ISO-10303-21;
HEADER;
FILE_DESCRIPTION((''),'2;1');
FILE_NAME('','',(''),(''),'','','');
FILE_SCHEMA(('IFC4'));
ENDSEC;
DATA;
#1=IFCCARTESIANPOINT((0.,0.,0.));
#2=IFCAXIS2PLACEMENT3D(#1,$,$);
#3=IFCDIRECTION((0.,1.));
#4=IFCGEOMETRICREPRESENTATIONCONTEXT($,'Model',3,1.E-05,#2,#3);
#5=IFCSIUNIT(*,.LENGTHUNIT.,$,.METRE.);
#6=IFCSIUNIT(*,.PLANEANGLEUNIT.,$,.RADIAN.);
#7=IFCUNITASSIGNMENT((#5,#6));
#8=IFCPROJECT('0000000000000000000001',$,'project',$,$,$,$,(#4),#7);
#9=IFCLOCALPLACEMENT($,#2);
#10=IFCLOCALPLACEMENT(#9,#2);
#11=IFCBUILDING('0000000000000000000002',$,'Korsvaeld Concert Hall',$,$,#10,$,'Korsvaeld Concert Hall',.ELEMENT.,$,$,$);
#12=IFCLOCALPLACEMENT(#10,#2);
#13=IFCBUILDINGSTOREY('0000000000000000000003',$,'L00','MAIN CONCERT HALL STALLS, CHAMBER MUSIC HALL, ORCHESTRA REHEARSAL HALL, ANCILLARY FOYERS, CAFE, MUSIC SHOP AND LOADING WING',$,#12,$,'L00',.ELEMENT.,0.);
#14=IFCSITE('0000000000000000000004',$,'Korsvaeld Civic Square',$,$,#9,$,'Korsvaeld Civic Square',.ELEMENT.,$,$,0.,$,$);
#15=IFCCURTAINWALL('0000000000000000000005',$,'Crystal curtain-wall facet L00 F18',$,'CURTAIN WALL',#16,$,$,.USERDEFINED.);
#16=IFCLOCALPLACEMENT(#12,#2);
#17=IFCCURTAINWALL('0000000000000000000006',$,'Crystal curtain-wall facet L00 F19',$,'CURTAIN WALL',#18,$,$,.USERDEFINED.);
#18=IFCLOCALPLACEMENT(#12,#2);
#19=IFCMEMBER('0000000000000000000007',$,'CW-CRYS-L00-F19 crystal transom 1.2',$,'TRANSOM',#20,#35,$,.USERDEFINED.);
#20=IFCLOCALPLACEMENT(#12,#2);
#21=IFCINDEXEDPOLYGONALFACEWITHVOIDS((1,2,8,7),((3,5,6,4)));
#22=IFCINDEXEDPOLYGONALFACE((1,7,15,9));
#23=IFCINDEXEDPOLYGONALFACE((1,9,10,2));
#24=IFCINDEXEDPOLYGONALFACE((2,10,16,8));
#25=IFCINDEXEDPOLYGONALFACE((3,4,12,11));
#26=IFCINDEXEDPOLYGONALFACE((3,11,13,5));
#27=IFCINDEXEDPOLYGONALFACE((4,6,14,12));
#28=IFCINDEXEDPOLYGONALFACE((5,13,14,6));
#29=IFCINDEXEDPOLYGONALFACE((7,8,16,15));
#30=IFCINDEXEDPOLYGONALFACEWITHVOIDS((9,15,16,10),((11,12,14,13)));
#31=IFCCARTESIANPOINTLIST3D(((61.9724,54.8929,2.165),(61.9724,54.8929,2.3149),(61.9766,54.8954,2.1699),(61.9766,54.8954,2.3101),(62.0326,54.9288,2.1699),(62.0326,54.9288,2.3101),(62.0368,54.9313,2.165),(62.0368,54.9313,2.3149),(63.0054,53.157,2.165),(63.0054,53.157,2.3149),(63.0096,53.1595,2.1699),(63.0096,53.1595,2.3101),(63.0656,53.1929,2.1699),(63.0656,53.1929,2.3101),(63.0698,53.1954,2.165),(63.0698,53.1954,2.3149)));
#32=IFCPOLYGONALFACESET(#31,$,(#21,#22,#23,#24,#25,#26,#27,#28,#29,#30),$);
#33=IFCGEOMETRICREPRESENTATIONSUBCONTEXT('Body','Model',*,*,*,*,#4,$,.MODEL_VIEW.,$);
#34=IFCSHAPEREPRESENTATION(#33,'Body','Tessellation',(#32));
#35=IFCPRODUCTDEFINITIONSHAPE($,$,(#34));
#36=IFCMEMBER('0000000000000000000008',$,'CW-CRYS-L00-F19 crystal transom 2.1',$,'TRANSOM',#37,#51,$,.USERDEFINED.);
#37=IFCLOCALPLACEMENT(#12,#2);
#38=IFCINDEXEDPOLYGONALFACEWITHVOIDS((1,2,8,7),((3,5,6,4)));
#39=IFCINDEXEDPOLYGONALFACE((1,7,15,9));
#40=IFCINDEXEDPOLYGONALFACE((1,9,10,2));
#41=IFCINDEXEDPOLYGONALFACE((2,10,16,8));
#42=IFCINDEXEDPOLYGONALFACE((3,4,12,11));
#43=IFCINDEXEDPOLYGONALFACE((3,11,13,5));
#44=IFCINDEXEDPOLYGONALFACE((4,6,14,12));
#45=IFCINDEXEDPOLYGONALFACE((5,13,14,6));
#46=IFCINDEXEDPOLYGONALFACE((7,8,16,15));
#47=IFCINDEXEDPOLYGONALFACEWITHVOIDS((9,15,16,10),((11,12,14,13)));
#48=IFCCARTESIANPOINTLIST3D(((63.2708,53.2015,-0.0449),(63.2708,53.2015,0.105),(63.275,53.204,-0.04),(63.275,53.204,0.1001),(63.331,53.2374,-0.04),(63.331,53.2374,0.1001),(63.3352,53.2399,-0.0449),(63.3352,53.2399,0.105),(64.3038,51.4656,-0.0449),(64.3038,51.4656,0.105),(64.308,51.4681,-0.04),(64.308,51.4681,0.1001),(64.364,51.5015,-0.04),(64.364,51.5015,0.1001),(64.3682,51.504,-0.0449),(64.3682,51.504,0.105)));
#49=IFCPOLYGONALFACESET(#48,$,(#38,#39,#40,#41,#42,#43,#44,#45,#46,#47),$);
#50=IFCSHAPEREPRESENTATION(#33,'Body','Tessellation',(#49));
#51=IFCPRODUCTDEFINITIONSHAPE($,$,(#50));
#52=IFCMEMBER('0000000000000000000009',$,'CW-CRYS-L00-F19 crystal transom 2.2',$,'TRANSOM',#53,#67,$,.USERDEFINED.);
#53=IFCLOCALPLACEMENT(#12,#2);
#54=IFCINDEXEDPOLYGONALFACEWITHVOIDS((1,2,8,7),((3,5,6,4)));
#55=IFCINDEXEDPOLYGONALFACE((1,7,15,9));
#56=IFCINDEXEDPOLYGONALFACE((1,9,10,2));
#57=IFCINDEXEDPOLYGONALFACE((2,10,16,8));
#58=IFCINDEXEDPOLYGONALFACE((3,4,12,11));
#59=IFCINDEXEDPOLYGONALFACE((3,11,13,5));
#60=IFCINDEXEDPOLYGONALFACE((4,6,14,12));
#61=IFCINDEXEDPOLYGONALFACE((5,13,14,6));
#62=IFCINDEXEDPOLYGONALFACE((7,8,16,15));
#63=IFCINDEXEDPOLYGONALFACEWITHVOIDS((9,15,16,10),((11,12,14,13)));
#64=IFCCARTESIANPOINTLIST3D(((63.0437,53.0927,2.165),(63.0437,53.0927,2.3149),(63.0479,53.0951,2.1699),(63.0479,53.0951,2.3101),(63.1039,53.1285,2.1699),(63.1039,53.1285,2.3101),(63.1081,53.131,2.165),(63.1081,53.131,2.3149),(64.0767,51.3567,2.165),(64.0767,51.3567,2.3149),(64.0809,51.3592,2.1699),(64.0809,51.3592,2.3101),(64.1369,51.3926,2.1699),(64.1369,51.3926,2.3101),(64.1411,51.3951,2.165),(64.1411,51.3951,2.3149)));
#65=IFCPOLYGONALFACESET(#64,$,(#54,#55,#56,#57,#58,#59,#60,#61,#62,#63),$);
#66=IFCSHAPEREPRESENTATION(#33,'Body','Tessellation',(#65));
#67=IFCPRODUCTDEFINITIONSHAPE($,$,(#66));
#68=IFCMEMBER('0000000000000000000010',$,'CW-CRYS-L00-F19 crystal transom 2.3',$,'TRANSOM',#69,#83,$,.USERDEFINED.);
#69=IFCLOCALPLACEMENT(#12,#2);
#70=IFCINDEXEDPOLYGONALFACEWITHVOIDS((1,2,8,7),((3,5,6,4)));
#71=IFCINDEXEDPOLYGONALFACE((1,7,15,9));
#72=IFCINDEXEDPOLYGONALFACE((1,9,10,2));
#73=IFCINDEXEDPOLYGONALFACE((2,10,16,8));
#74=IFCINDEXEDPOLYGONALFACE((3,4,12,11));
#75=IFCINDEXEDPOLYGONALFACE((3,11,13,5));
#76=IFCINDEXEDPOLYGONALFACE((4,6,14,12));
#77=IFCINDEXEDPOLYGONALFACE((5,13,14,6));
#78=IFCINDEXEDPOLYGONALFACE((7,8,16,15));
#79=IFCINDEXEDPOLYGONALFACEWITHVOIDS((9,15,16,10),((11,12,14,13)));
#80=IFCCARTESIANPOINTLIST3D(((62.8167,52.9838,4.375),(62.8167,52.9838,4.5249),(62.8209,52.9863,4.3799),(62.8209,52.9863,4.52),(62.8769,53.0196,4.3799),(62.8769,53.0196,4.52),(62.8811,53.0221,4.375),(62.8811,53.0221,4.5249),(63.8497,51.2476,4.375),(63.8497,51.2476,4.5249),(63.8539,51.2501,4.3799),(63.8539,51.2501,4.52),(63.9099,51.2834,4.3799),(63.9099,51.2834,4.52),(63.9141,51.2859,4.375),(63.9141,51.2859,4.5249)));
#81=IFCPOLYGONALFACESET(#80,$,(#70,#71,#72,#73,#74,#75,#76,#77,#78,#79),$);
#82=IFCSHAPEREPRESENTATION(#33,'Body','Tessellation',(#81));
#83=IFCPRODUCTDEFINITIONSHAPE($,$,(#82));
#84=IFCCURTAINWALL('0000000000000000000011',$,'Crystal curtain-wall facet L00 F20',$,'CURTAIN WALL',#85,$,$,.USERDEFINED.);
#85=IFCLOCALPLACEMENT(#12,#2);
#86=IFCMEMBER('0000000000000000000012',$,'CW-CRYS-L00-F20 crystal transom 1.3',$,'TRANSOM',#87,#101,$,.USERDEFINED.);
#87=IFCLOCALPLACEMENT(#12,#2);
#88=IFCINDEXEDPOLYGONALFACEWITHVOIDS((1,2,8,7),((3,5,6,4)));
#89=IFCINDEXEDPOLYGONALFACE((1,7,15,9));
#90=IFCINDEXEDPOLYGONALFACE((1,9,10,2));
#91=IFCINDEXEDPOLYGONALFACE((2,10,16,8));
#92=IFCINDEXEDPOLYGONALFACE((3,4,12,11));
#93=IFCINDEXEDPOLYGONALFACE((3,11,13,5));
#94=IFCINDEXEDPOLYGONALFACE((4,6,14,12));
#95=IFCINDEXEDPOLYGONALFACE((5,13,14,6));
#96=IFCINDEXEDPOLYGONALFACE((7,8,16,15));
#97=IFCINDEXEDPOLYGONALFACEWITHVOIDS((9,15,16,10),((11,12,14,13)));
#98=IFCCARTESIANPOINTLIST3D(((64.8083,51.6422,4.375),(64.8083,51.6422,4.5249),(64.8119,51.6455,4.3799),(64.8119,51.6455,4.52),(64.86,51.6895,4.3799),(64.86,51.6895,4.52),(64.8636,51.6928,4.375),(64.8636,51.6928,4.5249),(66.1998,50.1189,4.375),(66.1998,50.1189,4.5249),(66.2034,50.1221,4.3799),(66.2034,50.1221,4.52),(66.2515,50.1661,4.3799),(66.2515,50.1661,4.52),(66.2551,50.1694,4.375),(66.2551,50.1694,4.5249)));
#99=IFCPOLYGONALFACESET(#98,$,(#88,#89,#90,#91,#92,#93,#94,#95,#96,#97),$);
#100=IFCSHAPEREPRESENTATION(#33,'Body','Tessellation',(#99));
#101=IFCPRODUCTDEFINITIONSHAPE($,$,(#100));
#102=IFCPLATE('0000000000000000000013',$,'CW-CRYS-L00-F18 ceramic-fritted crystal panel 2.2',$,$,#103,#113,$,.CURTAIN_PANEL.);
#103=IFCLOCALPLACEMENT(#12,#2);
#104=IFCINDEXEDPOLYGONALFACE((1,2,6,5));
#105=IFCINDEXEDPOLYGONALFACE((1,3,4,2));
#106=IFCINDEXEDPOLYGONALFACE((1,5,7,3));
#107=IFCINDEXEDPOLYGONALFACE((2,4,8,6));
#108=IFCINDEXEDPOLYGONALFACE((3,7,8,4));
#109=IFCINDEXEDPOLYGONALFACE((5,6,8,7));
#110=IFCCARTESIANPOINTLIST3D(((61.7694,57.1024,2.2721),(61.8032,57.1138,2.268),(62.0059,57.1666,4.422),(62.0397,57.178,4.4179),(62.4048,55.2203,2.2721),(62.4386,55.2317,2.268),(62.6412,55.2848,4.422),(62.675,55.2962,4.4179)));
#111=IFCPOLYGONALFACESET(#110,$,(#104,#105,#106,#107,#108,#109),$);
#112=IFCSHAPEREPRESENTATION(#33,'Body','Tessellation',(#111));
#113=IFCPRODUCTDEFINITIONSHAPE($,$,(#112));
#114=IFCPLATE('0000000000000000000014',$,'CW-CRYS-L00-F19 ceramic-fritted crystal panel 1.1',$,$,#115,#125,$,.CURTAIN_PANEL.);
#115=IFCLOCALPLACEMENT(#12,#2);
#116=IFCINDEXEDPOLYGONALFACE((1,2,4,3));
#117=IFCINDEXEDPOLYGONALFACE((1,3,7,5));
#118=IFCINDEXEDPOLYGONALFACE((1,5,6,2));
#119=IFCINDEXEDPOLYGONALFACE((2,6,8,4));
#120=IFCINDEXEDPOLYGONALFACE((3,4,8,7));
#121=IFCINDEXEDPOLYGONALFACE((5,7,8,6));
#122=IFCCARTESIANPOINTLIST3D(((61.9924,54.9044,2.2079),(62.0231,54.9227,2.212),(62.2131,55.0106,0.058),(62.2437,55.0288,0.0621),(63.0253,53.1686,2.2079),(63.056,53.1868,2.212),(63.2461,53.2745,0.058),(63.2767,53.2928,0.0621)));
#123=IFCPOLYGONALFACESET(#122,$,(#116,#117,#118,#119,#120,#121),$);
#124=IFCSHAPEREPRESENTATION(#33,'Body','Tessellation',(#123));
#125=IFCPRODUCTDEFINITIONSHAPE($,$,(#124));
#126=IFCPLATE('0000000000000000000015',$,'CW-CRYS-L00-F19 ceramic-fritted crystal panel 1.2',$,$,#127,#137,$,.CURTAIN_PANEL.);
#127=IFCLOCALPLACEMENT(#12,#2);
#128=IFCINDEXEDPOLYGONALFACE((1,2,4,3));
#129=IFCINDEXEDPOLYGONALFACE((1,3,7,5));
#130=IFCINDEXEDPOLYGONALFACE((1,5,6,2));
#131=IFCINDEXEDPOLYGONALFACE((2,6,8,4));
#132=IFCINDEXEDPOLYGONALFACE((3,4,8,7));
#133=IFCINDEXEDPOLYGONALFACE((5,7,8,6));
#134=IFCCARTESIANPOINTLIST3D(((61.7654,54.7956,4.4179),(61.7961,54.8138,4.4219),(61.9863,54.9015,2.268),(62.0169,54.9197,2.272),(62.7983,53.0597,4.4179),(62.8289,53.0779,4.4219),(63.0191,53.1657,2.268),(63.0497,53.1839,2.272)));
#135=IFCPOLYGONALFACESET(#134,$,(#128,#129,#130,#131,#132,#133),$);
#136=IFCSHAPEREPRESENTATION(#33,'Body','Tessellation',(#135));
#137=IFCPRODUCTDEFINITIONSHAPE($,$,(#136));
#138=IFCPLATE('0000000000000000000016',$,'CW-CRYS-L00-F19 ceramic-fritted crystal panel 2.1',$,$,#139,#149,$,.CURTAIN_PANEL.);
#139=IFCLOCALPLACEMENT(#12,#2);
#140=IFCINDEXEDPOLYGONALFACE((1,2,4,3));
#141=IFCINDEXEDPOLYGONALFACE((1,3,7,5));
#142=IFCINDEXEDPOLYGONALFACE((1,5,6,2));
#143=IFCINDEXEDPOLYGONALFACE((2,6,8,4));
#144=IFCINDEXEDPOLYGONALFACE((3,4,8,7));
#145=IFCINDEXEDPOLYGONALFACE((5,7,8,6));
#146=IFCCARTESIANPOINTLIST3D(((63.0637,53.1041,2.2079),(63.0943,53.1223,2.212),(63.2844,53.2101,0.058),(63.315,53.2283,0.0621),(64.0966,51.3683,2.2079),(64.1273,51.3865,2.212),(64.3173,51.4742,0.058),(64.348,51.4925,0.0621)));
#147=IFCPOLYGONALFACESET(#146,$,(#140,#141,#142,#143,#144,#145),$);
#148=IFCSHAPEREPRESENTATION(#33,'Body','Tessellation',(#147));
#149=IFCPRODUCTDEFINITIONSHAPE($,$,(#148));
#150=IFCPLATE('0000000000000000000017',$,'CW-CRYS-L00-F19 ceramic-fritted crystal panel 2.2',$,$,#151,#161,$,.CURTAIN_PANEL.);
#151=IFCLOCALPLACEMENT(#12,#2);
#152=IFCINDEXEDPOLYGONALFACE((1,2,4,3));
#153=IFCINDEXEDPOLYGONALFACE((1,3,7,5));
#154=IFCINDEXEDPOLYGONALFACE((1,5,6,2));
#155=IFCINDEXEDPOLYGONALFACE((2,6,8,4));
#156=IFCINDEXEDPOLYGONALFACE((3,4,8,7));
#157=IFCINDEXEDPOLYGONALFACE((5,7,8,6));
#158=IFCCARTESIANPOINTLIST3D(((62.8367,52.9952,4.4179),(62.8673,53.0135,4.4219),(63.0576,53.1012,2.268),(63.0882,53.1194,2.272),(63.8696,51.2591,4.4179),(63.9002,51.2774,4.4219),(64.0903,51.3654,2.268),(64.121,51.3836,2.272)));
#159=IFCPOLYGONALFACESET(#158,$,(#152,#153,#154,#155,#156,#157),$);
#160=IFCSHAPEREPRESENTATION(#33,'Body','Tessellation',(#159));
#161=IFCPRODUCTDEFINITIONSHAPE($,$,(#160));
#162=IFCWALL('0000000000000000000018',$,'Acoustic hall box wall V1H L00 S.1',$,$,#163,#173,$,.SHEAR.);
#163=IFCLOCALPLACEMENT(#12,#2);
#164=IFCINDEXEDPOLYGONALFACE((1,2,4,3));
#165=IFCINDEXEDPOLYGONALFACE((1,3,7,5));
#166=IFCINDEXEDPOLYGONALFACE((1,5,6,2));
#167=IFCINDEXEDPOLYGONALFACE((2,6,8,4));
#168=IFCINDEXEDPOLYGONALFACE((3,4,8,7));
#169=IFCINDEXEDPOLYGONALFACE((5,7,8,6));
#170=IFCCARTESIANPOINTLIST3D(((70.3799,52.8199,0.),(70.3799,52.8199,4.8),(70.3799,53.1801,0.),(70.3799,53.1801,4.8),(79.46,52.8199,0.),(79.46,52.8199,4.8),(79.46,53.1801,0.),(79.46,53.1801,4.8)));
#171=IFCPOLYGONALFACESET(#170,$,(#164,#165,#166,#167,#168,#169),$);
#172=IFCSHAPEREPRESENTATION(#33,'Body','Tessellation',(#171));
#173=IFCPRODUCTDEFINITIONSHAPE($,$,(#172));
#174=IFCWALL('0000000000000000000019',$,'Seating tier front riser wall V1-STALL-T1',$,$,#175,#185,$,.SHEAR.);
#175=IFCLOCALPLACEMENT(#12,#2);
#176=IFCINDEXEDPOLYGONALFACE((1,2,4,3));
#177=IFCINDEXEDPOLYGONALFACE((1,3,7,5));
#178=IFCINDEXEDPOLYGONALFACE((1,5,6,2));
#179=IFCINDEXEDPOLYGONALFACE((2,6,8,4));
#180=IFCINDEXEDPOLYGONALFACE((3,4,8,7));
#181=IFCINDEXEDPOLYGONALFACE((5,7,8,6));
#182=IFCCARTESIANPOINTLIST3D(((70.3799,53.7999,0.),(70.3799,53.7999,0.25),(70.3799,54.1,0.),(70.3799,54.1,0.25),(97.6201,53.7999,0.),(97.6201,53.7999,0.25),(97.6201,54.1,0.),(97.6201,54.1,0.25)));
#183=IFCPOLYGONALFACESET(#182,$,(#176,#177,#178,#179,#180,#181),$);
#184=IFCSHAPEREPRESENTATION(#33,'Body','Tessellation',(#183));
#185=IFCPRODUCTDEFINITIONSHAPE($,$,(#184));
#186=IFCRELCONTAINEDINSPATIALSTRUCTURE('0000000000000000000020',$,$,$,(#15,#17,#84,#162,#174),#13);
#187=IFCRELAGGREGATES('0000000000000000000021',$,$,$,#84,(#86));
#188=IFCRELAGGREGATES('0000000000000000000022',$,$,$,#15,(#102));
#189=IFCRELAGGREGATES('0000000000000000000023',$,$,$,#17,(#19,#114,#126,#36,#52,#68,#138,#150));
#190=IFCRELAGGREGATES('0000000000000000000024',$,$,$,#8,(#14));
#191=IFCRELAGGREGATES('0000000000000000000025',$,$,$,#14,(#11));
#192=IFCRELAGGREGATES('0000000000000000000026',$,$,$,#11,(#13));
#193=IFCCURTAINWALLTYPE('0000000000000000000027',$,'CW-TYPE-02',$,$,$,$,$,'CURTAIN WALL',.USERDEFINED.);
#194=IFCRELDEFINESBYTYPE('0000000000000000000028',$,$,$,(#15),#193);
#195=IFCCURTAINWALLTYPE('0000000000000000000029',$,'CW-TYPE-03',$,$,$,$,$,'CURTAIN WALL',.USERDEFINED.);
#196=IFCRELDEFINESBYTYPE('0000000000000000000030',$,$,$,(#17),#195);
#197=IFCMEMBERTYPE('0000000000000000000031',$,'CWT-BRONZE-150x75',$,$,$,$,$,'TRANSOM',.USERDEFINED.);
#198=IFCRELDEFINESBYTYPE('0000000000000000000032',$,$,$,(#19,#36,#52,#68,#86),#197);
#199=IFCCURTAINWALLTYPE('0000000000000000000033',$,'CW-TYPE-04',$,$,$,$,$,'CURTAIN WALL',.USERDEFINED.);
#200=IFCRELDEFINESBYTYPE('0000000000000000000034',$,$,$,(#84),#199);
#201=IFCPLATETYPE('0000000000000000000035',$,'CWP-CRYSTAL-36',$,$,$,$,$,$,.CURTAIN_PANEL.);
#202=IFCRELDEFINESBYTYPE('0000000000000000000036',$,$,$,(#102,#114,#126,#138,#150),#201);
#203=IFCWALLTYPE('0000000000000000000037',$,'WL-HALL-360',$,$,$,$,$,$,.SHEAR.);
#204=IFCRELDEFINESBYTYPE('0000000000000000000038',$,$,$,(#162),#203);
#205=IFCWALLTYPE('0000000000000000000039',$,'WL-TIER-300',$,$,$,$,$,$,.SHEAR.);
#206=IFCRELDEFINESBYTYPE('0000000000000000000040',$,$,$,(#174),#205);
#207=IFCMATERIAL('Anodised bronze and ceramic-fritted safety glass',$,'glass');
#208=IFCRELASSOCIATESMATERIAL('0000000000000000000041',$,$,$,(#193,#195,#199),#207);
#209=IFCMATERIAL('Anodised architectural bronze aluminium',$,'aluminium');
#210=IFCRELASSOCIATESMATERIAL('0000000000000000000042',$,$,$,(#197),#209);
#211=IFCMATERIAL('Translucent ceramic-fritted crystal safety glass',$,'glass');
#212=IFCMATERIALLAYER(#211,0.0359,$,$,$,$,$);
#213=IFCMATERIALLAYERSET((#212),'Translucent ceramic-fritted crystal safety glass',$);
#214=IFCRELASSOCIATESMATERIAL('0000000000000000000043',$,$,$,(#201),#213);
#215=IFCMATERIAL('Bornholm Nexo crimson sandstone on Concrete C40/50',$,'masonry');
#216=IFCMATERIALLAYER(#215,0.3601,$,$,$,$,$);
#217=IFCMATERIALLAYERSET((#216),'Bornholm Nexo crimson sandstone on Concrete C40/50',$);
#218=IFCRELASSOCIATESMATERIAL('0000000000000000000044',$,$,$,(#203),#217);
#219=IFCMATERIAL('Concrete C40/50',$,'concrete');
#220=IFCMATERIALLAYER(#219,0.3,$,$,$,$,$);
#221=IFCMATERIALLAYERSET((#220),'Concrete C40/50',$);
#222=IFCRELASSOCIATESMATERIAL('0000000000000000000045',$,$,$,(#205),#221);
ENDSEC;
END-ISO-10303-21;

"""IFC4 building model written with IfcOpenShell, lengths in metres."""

from ifc_helpers import new_model, si_unit, direction, frame, frame_2d, origin, origin_2d, place, context, subcontext, project, spatial, polyline, rectangle, hollow_rectangle, outline, extrude, material, layer, layer_set, material_profile, profile_set, type_object, element, aggregate, save


model = new_model("IFC4")

# Units and contexts
model_context = context("Model", 3, precision=1e-05, world=origin(), true_north=direction((0.0, 1.0)))
body_context = subcontext(model_context, "Body", "Model", "MODEL_VIEW")
ifc_project = project(units=[si_unit("LENGTHUNIT", "METRE"), si_unit("PLANEANGLEUNIT", "RADIAN")], contexts=[model_context])

# Site, building, storey
site_placement = place(None, origin())
site = spatial("IfcSite", under=ifc_project, at=site_placement, Name="Korsvaeld Civic Square", LongName="Korsvaeld Civic Square", CompositionType="ELEMENT", RefElevation=0.0)
building_placement = place(site_placement, origin())
building = spatial("IfcBuilding", under=site, at=building_placement, Name="Korsvaeld Concert Hall", LongName="Korsvaeld Concert Hall", CompositionType="ELEMENT")
storey_placement = place(building_placement, origin())
storey = spatial("IfcBuildingStorey", under=building, at=storey_placement, Name="L00", Description="MAIN CONCERT HALL STALLS, CHAMBER MUSIC HALL, ORCHESTRA REHEARSAL HALL, ANCILLARY FOYERS, CAFE, MUSIC SHOP AND LOADING WING", LongName="L00", CompositionType="ELEMENT", Elevation=0.0)

# Shared definitions
ifc_material_1 = material(Name="Concrete C40/50", Category="concrete")

# Curtain wall
ifc_material_2 = material(Name="Anodised bronze and ceramic-fritted safety glass", Category="glass")
curtain_wall_type_1 = type_object("IfcCurtainWallType", Name="CW-TYPE-02", ElementType="CURTAIN WALL", PredefinedType="USERDEFINED", material=ifc_material_2)
curtain_wall_1_placement = place(storey_placement, origin())
curtain_wall_1 = element("IfcCurtainWall", 1, at=curtain_wall_1_placement, inside=storey, type_object=curtain_wall_type_1, Name="Crystal curtain-wall facet L00 F18", ObjectType="CURTAIN WALL", PredefinedType="USERDEFINED")
ifc_material_3 = material(Name="Anodised architectural bronze aluminium", Category="aluminium")

# Curtain wall
curtain_wall_type_2 = type_object("IfcCurtainWallType", Name="CW-TYPE-03", ElementType="CURTAIN WALL", PredefinedType="USERDEFINED", material=ifc_material_2)
curtain_wall_2_placement = place(storey_placement, origin())
curtain_wall_2 = element("IfcCurtainWall", 2, at=curtain_wall_2_placement, inside=storey, type_object=curtain_wall_type_2, Name="Crystal curtain-wall facet L00 F19", ObjectType="CURTAIN WALL", PredefinedType="USERDEFINED")

# Members
ifc_material_profile_1 = material_profile(ifc_material_3, hollow_rectangle(XDim=0.075, YDim=0.1499, WallThickness=0.0049, at=origin_2d()), Name="CWT 150x75x5")
ifc_profile_set_1 = profile_set([ifc_material_profile_1], Name="Anodised architectural bronze aluminium")
member_type_1 = type_object("IfcMemberType", Name="CWT-BRONZE-150x75", ElementType="TRANSOM", PredefinedType="USERDEFINED", material=ifc_profile_set_1)
member_1_placement = place(storey_placement, frame((62.0046, 54.9121, 2.24), z_axis=(0.511382, -0.859354, 0.0), x_axis=(0.859354, 0.511382, 0.0)))
member_1 = element("IfcMember", 3, at=member_1_placement, type_object=member_type_1, Name="CW-CRYS-L00-F19 crystal transom 1.2", ObjectType="TRANSOM", PredefinedType="USERDEFINED", context=body_context, shape_type="SweptSolid", body=[
    extrude(hollow_rectangle(XDim=0.075, YDim=0.1499, WallThickness=0.0049, at=origin_2d()), origin(), (0.0, 0.0, 1.0), 2.02),
])
member_2_placement = place(storey_placement, frame((63.303, 53.2207, 0.03), z_axis=(0.511382, -0.859354, 0.0), x_axis=(0.859354, 0.511382, 0.0)))
member_2 = element("IfcMember", 4, at=member_2_placement, type_object=member_type_1, Name="CW-CRYS-L00-F19 crystal transom 2.1", ObjectType="TRANSOM", PredefinedType="USERDEFINED", context=body_context, shape_type="SweptSolid", body=[
    extrude(hollow_rectangle(XDim=0.075, YDim=0.1499, WallThickness=0.0049, at=origin_2d()), origin(), (0.0, 0.0, 1.0), 2.02),
])
member_3_placement = place(storey_placement, frame((63.0759, 53.1118, 2.24), z_axis=(0.511382, -0.859354, 0.0), x_axis=(0.859354, 0.511382, 0.0)))
member_3 = element("IfcMember", 5, at=member_3_placement, type_object=member_type_1, Name="CW-CRYS-L00-F19 crystal transom 2.2", ObjectType="TRANSOM", PredefinedType="USERDEFINED", context=body_context, shape_type="SweptSolid", body=[
    extrude(hollow_rectangle(XDim=0.075, YDim=0.1499, WallThickness=0.0049, at=origin_2d()), origin(), (0.0, 0.0, 1.0), 2.02),
])
member_4_placement = place(storey_placement, frame((62.8489, 53.0029, 4.45), z_axis=(0.511329, -0.859385, 0.0), x_axis=(0.859385, 0.511329, 0.0)))
member_4 = element("IfcMember", 6, at=member_4_placement, type_object=member_type_1, Name="CW-CRYS-L00-F19 crystal transom 2.3", ObjectType="TRANSOM", PredefinedType="USERDEFINED", context=body_context, shape_type="SweptSolid", body=[
    extrude(hollow_rectangle(XDim=0.075, YDim=0.1499, WallThickness=0.0049, at=origin_2d()), origin(), (0.0, 0.0, 1.0), 2.0203),
])

# Curtain wall, member
curtain_wall_type_3 = type_object("IfcCurtainWallType", Name="CW-TYPE-04", ElementType="CURTAIN WALL", PredefinedType="USERDEFINED", material=ifc_material_2)
curtain_wall_3_placement = place(storey_placement, origin())
curtain_wall_3 = element("IfcCurtainWall", 7, at=curtain_wall_3_placement, inside=storey, type_object=curtain_wall_type_3, Name="Crystal curtain-wall facet L00 F20", ObjectType="CURTAIN WALL", PredefinedType="USERDEFINED")
member_5_placement = place(storey_placement, frame((64.8359, 51.6675, 4.45), z_axis=(0.674438, -0.738332, 0.0), x_axis=(0.738332, 0.674438, 0.0)))
member_5 = element("IfcMember", 8, at=member_5_placement, type_object=member_type_1, Name="CW-CRYS-L00-F20 crystal transom 1.3", ObjectType="TRANSOM", PredefinedType="USERDEFINED", context=body_context, shape_type="SweptSolid", body=[
    extrude(hollow_rectangle(XDim=0.075, YDim=0.1499, WallThickness=0.0049, at=origin_2d()), origin(), (0.0, 0.0, 1.0), 2.0632),
])
aggregate(curtain_wall_3, [member_5])

# Plates
ifc_material_4 = material(Name="Translucent ceramic-fritted crystal safety glass", Category="glass")
ifc_layer_1 = layer(ifc_material_4, 0.0359)
ifc_layer_set_1 = layer_set([ifc_layer_1], Name="Translucent ceramic-fritted crystal safety glass")
plate_type = type_object("IfcPlateType", Name="CWP-CRYSTAL-36", PredefinedType="CURTAIN_PANEL", material=ifc_layer_set_1)
plate_1_placement = place(storey_placement, frame((61.7864, 57.1082, 2.27), z_axis=(-0.941386, -0.317825, 0.113046), x_axis=(0.319876, -0.947459, 0.000004)))
plate_1 = element("IfcPlate", 9, at=plate_1_placement, type_object=plate_type, Name="CW-CRYS-L00-F18 ceramic-fritted crystal panel 2.2", PredefinedType="CURTAIN_PANEL", context=body_context, shape_type="SweptSolid", body=[
    extrude(outline(polyline([(0.0, 0.0), (1.9865, 0.0), (2.001, 2.1638), (0.0148, 2.1638), (0.0, 0.0)])), frame((0.0, 0.0, 0.0181)), (0.0, 0.0, -1.0), 0.0359),
])
aggregate(curtain_wall_1, [plate_1])
plate_2_placement = place(storey_placement, frame((62.2285, 55.0198, 0.0601), z_axis=(-0.853892, -0.508096, -0.112728), x_axis=(0.511355, -0.85937, 0.000003)))
plate_2 = element("IfcPlate", 10, at=plate_2_placement, type_object=plate_type, Name="CW-CRYS-L00-F19 ceramic-fritted crystal panel 1.1", PredefinedType="CURTAIN_PANEL", context=body_context, shape_type="SweptSolid", body=[
    extrude(outline(polyline([(0.0, 0.0), (2.0201, 0.0), (1.9984, 2.1637), (-0.0216, 2.1637), (0.0, 0.0)])), frame((0.0, 0.0, 0.0181)), (0.0, 0.0, -1.0), 0.0359),
])
plate_3_placement = place(storey_placement, frame((62.0017, 54.9106, 2.27), z_axis=(-0.8539, -0.508077, -0.112748), x_axis=(0.511337, -0.85938, 0.000006)))
plate_3 = element("IfcPlate", 11, at=plate_3_placement, type_object=plate_type, Name="CW-CRYS-L00-F19 ceramic-fritted crystal panel 1.2", PredefinedType="CURTAIN_PANEL", context=body_context, shape_type="SweptSolid", body=[
    extrude(outline(polyline([(0.0, 0.0), (2.0198, 0.0), (1.998, 2.1637), (-0.0219, 2.1637), (0.0, 0.0)])), frame((0.0, 0.0, 0.0181)), (0.0, 0.0, -1.0), 0.0359),
])
plate_4_placement = place(storey_placement, frame((63.2998, 53.2192, 0.0601), z_axis=(-0.853879, -0.508124, -0.1127), x_axis=(0.511382, -0.859354, 0.0)))
plate_4 = element("IfcPlate", 12, at=plate_4_placement, type_object=plate_type, Name="CW-CRYS-L00-F19 ceramic-fritted crystal panel 2.1", PredefinedType="CURTAIN_PANEL", context=body_context, shape_type="SweptSolid", body=[
    extrude(outline(polyline([(0.0, 0.0), (2.0199, 0.0), (1.9981, 2.1637), (-0.0218, 2.1637), (0.0, 0.0)])), frame((0.0, 0.0, 0.0181)), (0.0, 0.0, -1.0), 0.0359),
])
plate_5_placement = place(storey_placement, frame((63.073, 53.1104, 2.27), z_axis=(-0.853913, -0.508049, -0.112777), x_axis=(0.51131, -0.859396, 0.000002)))
plate_5 = element("IfcPlate", 13, at=plate_5_placement, type_object=plate_type, Name="CW-CRYS-L00-F19 ceramic-fritted crystal panel 2.2", PredefinedType="CURTAIN_PANEL", context=body_context, shape_type="SweptSolid", body=[
    extrude(outline(polyline([(0.0, 0.0), (2.0198, 0.0), (1.9982, 2.1637), (-0.0219, 2.1637), (0.0, 0.0)])), frame((0.0, 0.0, 0.0181)), (0.0, 0.0, -1.0), 0.0359),
])
aggregate(curtain_wall_2, [member_1, plate_2, plate_3, member_2, member_3, member_4, plate_4, plate_5])

# Walls
ifc_material_5 = material(Name="Bornholm Nexo crimson sandstone on Concrete C40/50", Category="masonry")
ifc_layer_2 = layer(ifc_material_5, 0.3601)
ifc_layer_set_2 = layer_set([ifc_layer_2], Name="Bornholm Nexo crimson sandstone on Concrete C40/50")
wall_type_1 = type_object("IfcWallType", Name="WL-HALL-360", PredefinedType="SHEAR", material=ifc_layer_set_2)
wall_1_placement = place(storey_placement, frame((70.3799, 53.0, 0.0), z_axis=(0.0, 0.0, 1.0), x_axis=(1.0, 0.0, 0.0)))
element("IfcWall", 14, at=wall_1_placement, inside=storey, type_object=wall_type_1, Name="Acoustic hall box wall V1H L00 S.1", PredefinedType="SHEAR", context=body_context, shape_type="SweptSolid", body=[
    extrude(rectangle(XDim=9.0801, YDim=0.3601, at=frame_2d((4.54, 0.0))), origin(), (0.0, 0.0, 1.0), 4.8),
])
ifc_layer_3 = layer(ifc_material_1, 0.3)
ifc_layer_set_3 = layer_set([ifc_layer_3], Name="Concrete C40/50")
wall_type_2 = type_object("IfcWallType", Name="WL-TIER-300", PredefinedType="SHEAR", material=ifc_layer_set_3)
for number, where, z_axis, x_axis, name in (
    (15, (70.3799, 53.95, 0.0), (0.0, 0.0, 1.0), (1.0, 0.0, 0.0), "Seating tier front riser wall V1-STALL-T1"),
):
    element("IfcWall", number, at=place(storey_placement, frame(where, z_axis=z_axis, x_axis=x_axis)), inside=storey, type_object=wall_type_2, Name=name, PredefinedType="SHEAR", context=body_context, shape_type="SweptSolid", body=[
        extrude(rectangle(XDim=27.2402, YDim=0.3, at=frame_2d((13.6201, 0.0))), origin(), (0.0, 0.0, 1.0), 0.25),
    ])

save(model, "model.ifc")
